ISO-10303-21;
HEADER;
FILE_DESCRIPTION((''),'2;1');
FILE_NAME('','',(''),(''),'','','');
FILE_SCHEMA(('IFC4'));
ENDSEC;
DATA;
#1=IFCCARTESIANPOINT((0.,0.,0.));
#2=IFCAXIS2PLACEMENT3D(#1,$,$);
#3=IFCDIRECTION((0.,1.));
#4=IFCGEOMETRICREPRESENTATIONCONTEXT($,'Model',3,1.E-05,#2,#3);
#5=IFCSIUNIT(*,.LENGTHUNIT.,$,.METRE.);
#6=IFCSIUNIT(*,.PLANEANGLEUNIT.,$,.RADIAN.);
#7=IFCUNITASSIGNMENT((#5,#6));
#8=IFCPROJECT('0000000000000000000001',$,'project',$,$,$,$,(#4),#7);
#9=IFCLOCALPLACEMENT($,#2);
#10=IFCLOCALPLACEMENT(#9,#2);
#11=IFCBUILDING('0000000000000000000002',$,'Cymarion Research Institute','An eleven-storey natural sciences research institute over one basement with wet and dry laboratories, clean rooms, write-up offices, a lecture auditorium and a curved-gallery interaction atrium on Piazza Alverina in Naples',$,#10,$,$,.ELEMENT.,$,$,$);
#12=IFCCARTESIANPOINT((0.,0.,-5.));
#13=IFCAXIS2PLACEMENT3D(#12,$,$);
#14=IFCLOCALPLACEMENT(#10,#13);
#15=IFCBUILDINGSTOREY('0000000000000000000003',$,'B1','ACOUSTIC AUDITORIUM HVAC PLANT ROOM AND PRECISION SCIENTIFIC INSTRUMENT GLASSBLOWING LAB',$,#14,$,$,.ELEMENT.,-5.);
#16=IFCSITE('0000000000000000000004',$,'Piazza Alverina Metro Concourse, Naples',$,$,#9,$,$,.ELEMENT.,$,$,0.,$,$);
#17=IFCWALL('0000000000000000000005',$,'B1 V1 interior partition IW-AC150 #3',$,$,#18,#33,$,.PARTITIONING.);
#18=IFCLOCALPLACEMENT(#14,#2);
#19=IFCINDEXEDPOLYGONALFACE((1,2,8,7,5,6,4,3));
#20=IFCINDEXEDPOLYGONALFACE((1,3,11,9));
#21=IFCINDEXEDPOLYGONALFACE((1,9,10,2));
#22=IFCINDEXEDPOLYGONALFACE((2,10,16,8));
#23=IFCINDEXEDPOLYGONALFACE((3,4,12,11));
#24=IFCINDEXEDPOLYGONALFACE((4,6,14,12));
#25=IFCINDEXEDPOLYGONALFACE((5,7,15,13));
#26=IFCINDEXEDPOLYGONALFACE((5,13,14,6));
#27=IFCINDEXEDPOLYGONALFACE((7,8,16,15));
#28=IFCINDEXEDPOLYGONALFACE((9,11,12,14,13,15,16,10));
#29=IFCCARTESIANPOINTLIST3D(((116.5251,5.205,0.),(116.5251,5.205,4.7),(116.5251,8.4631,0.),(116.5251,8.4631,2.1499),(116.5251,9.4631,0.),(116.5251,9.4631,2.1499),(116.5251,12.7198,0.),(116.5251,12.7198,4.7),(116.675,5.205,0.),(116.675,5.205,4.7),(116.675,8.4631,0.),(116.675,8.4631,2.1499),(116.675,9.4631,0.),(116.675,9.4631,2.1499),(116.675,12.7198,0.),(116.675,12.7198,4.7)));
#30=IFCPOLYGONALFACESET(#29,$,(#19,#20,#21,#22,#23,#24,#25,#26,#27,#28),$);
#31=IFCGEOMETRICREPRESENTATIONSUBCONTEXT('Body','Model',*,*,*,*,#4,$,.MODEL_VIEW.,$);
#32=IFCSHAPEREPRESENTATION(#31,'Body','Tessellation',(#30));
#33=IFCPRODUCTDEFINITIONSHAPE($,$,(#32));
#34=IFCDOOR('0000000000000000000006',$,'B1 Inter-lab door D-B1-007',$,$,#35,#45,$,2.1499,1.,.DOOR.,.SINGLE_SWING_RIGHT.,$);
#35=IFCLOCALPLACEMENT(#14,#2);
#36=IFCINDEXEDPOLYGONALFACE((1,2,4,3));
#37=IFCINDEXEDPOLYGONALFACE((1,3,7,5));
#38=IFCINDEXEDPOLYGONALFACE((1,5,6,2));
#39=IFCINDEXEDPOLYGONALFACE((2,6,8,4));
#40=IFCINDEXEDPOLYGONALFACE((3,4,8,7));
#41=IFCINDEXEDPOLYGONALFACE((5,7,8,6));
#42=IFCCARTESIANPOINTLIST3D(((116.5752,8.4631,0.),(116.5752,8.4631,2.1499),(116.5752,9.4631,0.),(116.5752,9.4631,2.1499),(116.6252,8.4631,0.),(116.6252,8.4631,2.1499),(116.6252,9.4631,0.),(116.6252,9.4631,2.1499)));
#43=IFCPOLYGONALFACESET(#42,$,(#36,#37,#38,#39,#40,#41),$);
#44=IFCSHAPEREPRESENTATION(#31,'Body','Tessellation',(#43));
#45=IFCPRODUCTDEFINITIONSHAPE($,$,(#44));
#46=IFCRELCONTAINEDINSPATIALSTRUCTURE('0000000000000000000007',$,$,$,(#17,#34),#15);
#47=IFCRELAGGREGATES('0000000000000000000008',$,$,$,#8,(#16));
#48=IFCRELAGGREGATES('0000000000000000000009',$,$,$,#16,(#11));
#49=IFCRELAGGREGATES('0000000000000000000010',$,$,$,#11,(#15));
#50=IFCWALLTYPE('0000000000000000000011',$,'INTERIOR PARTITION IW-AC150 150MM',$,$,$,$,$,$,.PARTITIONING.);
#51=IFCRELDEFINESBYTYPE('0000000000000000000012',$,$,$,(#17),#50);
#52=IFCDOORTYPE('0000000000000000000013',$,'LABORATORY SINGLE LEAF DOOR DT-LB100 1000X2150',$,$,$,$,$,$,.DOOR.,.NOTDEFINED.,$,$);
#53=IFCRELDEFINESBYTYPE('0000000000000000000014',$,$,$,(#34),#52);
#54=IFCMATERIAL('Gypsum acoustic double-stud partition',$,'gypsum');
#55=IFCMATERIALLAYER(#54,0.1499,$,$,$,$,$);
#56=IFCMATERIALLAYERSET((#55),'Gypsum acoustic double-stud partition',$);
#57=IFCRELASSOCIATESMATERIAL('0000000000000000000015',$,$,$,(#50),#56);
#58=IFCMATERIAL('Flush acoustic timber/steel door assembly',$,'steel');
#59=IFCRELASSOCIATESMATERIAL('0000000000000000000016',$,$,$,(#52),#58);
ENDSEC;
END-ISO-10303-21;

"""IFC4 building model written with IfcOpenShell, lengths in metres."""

from ifc_helpers import new_model, si_unit, direction, frame, frame_2d, origin, place, context, subcontext, project, spatial, rectangle, extrude, material, layer, layer_set, type_object, element, fill, save


model = new_model("IFC4")

# Units and contexts
model_context = context("Model", 3, precision=1e-05, world=origin(), true_north=direction((0.0, 1.0)))
body_context = subcontext(model_context, "Body", "Model", "MODEL_VIEW")
ifc_project = project(units=[si_unit("LENGTHUNIT", "METRE"), si_unit("PLANEANGLEUNIT", "RADIAN")], contexts=[model_context])

# Site, building, storey
site_placement = place(None, origin())
site = spatial("IfcSite", under=ifc_project, at=site_placement, Name="Piazza Alverina Metro Concourse, Naples", CompositionType="ELEMENT", RefElevation=0.0)
building_placement = place(site_placement, origin())
building = spatial("IfcBuilding", under=site, at=building_placement, Name="Cymarion Research Institute", Description="An eleven-storey natural sciences research institute over one basement with wet and dry laboratories, clean rooms, write-up offices, a lecture auditorium and a curved-gallery interaction atrium on Piazza Alverina in Naples", CompositionType="ELEMENT")
storey_placement = place(building_placement, frame((0.0, 0.0, -5.0)))
storey = spatial("IfcBuildingStorey", under=building, at=storey_placement, Name="B1", Description="ACOUSTIC AUDITORIUM HVAC PLANT ROOM AND PRECISION SCIENTIFIC INSTRUMENT GLASSBLOWING LAB", CompositionType="ELEMENT", Elevation=-5.0)

# Wall, opening, door
ifc_material_1 = material(Name="Gypsum acoustic double-stud partition", Category="gypsum")
ifc_layer_1 = layer(ifc_material_1, 0.1499)
ifc_layer_set_1 = layer_set([ifc_layer_1], Name="Gypsum acoustic double-stud partition")
wall_type_1 = type_object("IfcWallType", Name="INTERIOR PARTITION IW-AC150 150MM", PredefinedType="PARTITIONING", material=ifc_layer_set_1)
wall_1_placement = place(storey_placement, frame((116.6001, 5.2051, 0.0), z_axis=(0.0, 0.0, 1.0), x_axis=(0.0, 1.0, 0.0)))
wall_1 = element("IfcWall", 1, at=wall_1_placement, inside=storey, type_object=wall_type_1, Name="B1 V1 interior partition IW-AC150 #3", PredefinedType="PARTITIONING", context=body_context, shape_type="SweptSolid", body=[
    extrude(rectangle(XDim=7.5149, YDim=0.1499, at=frame_2d((3.7573, 0.0))), origin(), (0.0, 0.0, 1.0), 4.7),
])
opening_placement = place(wall_1_placement, frame((3.2581, 0.0, 0.0)))
opening = element("IfcOpeningElement", 2, at=opening_placement, cuts=wall_1, PredefinedType="OPENING", context=body_context, shape_type="SweptSolid", body=[
    extrude(rectangle(XDim=1.0, YDim=2.1499, at=frame_2d((0.5, 1.075))), frame((0.0, 0.085, 0.0), z_axis=(0.0, -1.0, 0.0), x_axis=(1.0, 0.0, 0.0)), (0.0, 0.0, 1.0), 0.1699),
])
ifc_material_2 = material(Name="Flush acoustic timber/steel door assembly", Category="steel")
door_type = type_object("IfcDoorType", Name="LABORATORY SINGLE LEAF DOOR DT-LB100 1000X2150", OperationType="NOTDEFINED", PredefinedType="DOOR", material=ifc_material_2)
door_placement = place(opening_placement, origin())
door = element("IfcDoor", 3, at=door_placement, inside=storey, type_object=door_type, Name="B1 Inter-lab door D-B1-007", OperationType="SINGLE_SWING_RIGHT", OverallHeight=2.1499, OverallWidth=1.0, PredefinedType="DOOR", context=body_context, shape_type="SweptSolid", body=[
    extrude(rectangle(XDim=1.0, YDim=2.1499, at=frame_2d((0.5, 1.075))), frame((0.0, 0.0249, 0.0), z_axis=(0.0, -1.0, 0.0), x_axis=(1.0, 0.0, 0.0)), (0.0, 0.0, 1.0), 0.05),
])
fill(opening, door)

save(model, "model.ifc")
